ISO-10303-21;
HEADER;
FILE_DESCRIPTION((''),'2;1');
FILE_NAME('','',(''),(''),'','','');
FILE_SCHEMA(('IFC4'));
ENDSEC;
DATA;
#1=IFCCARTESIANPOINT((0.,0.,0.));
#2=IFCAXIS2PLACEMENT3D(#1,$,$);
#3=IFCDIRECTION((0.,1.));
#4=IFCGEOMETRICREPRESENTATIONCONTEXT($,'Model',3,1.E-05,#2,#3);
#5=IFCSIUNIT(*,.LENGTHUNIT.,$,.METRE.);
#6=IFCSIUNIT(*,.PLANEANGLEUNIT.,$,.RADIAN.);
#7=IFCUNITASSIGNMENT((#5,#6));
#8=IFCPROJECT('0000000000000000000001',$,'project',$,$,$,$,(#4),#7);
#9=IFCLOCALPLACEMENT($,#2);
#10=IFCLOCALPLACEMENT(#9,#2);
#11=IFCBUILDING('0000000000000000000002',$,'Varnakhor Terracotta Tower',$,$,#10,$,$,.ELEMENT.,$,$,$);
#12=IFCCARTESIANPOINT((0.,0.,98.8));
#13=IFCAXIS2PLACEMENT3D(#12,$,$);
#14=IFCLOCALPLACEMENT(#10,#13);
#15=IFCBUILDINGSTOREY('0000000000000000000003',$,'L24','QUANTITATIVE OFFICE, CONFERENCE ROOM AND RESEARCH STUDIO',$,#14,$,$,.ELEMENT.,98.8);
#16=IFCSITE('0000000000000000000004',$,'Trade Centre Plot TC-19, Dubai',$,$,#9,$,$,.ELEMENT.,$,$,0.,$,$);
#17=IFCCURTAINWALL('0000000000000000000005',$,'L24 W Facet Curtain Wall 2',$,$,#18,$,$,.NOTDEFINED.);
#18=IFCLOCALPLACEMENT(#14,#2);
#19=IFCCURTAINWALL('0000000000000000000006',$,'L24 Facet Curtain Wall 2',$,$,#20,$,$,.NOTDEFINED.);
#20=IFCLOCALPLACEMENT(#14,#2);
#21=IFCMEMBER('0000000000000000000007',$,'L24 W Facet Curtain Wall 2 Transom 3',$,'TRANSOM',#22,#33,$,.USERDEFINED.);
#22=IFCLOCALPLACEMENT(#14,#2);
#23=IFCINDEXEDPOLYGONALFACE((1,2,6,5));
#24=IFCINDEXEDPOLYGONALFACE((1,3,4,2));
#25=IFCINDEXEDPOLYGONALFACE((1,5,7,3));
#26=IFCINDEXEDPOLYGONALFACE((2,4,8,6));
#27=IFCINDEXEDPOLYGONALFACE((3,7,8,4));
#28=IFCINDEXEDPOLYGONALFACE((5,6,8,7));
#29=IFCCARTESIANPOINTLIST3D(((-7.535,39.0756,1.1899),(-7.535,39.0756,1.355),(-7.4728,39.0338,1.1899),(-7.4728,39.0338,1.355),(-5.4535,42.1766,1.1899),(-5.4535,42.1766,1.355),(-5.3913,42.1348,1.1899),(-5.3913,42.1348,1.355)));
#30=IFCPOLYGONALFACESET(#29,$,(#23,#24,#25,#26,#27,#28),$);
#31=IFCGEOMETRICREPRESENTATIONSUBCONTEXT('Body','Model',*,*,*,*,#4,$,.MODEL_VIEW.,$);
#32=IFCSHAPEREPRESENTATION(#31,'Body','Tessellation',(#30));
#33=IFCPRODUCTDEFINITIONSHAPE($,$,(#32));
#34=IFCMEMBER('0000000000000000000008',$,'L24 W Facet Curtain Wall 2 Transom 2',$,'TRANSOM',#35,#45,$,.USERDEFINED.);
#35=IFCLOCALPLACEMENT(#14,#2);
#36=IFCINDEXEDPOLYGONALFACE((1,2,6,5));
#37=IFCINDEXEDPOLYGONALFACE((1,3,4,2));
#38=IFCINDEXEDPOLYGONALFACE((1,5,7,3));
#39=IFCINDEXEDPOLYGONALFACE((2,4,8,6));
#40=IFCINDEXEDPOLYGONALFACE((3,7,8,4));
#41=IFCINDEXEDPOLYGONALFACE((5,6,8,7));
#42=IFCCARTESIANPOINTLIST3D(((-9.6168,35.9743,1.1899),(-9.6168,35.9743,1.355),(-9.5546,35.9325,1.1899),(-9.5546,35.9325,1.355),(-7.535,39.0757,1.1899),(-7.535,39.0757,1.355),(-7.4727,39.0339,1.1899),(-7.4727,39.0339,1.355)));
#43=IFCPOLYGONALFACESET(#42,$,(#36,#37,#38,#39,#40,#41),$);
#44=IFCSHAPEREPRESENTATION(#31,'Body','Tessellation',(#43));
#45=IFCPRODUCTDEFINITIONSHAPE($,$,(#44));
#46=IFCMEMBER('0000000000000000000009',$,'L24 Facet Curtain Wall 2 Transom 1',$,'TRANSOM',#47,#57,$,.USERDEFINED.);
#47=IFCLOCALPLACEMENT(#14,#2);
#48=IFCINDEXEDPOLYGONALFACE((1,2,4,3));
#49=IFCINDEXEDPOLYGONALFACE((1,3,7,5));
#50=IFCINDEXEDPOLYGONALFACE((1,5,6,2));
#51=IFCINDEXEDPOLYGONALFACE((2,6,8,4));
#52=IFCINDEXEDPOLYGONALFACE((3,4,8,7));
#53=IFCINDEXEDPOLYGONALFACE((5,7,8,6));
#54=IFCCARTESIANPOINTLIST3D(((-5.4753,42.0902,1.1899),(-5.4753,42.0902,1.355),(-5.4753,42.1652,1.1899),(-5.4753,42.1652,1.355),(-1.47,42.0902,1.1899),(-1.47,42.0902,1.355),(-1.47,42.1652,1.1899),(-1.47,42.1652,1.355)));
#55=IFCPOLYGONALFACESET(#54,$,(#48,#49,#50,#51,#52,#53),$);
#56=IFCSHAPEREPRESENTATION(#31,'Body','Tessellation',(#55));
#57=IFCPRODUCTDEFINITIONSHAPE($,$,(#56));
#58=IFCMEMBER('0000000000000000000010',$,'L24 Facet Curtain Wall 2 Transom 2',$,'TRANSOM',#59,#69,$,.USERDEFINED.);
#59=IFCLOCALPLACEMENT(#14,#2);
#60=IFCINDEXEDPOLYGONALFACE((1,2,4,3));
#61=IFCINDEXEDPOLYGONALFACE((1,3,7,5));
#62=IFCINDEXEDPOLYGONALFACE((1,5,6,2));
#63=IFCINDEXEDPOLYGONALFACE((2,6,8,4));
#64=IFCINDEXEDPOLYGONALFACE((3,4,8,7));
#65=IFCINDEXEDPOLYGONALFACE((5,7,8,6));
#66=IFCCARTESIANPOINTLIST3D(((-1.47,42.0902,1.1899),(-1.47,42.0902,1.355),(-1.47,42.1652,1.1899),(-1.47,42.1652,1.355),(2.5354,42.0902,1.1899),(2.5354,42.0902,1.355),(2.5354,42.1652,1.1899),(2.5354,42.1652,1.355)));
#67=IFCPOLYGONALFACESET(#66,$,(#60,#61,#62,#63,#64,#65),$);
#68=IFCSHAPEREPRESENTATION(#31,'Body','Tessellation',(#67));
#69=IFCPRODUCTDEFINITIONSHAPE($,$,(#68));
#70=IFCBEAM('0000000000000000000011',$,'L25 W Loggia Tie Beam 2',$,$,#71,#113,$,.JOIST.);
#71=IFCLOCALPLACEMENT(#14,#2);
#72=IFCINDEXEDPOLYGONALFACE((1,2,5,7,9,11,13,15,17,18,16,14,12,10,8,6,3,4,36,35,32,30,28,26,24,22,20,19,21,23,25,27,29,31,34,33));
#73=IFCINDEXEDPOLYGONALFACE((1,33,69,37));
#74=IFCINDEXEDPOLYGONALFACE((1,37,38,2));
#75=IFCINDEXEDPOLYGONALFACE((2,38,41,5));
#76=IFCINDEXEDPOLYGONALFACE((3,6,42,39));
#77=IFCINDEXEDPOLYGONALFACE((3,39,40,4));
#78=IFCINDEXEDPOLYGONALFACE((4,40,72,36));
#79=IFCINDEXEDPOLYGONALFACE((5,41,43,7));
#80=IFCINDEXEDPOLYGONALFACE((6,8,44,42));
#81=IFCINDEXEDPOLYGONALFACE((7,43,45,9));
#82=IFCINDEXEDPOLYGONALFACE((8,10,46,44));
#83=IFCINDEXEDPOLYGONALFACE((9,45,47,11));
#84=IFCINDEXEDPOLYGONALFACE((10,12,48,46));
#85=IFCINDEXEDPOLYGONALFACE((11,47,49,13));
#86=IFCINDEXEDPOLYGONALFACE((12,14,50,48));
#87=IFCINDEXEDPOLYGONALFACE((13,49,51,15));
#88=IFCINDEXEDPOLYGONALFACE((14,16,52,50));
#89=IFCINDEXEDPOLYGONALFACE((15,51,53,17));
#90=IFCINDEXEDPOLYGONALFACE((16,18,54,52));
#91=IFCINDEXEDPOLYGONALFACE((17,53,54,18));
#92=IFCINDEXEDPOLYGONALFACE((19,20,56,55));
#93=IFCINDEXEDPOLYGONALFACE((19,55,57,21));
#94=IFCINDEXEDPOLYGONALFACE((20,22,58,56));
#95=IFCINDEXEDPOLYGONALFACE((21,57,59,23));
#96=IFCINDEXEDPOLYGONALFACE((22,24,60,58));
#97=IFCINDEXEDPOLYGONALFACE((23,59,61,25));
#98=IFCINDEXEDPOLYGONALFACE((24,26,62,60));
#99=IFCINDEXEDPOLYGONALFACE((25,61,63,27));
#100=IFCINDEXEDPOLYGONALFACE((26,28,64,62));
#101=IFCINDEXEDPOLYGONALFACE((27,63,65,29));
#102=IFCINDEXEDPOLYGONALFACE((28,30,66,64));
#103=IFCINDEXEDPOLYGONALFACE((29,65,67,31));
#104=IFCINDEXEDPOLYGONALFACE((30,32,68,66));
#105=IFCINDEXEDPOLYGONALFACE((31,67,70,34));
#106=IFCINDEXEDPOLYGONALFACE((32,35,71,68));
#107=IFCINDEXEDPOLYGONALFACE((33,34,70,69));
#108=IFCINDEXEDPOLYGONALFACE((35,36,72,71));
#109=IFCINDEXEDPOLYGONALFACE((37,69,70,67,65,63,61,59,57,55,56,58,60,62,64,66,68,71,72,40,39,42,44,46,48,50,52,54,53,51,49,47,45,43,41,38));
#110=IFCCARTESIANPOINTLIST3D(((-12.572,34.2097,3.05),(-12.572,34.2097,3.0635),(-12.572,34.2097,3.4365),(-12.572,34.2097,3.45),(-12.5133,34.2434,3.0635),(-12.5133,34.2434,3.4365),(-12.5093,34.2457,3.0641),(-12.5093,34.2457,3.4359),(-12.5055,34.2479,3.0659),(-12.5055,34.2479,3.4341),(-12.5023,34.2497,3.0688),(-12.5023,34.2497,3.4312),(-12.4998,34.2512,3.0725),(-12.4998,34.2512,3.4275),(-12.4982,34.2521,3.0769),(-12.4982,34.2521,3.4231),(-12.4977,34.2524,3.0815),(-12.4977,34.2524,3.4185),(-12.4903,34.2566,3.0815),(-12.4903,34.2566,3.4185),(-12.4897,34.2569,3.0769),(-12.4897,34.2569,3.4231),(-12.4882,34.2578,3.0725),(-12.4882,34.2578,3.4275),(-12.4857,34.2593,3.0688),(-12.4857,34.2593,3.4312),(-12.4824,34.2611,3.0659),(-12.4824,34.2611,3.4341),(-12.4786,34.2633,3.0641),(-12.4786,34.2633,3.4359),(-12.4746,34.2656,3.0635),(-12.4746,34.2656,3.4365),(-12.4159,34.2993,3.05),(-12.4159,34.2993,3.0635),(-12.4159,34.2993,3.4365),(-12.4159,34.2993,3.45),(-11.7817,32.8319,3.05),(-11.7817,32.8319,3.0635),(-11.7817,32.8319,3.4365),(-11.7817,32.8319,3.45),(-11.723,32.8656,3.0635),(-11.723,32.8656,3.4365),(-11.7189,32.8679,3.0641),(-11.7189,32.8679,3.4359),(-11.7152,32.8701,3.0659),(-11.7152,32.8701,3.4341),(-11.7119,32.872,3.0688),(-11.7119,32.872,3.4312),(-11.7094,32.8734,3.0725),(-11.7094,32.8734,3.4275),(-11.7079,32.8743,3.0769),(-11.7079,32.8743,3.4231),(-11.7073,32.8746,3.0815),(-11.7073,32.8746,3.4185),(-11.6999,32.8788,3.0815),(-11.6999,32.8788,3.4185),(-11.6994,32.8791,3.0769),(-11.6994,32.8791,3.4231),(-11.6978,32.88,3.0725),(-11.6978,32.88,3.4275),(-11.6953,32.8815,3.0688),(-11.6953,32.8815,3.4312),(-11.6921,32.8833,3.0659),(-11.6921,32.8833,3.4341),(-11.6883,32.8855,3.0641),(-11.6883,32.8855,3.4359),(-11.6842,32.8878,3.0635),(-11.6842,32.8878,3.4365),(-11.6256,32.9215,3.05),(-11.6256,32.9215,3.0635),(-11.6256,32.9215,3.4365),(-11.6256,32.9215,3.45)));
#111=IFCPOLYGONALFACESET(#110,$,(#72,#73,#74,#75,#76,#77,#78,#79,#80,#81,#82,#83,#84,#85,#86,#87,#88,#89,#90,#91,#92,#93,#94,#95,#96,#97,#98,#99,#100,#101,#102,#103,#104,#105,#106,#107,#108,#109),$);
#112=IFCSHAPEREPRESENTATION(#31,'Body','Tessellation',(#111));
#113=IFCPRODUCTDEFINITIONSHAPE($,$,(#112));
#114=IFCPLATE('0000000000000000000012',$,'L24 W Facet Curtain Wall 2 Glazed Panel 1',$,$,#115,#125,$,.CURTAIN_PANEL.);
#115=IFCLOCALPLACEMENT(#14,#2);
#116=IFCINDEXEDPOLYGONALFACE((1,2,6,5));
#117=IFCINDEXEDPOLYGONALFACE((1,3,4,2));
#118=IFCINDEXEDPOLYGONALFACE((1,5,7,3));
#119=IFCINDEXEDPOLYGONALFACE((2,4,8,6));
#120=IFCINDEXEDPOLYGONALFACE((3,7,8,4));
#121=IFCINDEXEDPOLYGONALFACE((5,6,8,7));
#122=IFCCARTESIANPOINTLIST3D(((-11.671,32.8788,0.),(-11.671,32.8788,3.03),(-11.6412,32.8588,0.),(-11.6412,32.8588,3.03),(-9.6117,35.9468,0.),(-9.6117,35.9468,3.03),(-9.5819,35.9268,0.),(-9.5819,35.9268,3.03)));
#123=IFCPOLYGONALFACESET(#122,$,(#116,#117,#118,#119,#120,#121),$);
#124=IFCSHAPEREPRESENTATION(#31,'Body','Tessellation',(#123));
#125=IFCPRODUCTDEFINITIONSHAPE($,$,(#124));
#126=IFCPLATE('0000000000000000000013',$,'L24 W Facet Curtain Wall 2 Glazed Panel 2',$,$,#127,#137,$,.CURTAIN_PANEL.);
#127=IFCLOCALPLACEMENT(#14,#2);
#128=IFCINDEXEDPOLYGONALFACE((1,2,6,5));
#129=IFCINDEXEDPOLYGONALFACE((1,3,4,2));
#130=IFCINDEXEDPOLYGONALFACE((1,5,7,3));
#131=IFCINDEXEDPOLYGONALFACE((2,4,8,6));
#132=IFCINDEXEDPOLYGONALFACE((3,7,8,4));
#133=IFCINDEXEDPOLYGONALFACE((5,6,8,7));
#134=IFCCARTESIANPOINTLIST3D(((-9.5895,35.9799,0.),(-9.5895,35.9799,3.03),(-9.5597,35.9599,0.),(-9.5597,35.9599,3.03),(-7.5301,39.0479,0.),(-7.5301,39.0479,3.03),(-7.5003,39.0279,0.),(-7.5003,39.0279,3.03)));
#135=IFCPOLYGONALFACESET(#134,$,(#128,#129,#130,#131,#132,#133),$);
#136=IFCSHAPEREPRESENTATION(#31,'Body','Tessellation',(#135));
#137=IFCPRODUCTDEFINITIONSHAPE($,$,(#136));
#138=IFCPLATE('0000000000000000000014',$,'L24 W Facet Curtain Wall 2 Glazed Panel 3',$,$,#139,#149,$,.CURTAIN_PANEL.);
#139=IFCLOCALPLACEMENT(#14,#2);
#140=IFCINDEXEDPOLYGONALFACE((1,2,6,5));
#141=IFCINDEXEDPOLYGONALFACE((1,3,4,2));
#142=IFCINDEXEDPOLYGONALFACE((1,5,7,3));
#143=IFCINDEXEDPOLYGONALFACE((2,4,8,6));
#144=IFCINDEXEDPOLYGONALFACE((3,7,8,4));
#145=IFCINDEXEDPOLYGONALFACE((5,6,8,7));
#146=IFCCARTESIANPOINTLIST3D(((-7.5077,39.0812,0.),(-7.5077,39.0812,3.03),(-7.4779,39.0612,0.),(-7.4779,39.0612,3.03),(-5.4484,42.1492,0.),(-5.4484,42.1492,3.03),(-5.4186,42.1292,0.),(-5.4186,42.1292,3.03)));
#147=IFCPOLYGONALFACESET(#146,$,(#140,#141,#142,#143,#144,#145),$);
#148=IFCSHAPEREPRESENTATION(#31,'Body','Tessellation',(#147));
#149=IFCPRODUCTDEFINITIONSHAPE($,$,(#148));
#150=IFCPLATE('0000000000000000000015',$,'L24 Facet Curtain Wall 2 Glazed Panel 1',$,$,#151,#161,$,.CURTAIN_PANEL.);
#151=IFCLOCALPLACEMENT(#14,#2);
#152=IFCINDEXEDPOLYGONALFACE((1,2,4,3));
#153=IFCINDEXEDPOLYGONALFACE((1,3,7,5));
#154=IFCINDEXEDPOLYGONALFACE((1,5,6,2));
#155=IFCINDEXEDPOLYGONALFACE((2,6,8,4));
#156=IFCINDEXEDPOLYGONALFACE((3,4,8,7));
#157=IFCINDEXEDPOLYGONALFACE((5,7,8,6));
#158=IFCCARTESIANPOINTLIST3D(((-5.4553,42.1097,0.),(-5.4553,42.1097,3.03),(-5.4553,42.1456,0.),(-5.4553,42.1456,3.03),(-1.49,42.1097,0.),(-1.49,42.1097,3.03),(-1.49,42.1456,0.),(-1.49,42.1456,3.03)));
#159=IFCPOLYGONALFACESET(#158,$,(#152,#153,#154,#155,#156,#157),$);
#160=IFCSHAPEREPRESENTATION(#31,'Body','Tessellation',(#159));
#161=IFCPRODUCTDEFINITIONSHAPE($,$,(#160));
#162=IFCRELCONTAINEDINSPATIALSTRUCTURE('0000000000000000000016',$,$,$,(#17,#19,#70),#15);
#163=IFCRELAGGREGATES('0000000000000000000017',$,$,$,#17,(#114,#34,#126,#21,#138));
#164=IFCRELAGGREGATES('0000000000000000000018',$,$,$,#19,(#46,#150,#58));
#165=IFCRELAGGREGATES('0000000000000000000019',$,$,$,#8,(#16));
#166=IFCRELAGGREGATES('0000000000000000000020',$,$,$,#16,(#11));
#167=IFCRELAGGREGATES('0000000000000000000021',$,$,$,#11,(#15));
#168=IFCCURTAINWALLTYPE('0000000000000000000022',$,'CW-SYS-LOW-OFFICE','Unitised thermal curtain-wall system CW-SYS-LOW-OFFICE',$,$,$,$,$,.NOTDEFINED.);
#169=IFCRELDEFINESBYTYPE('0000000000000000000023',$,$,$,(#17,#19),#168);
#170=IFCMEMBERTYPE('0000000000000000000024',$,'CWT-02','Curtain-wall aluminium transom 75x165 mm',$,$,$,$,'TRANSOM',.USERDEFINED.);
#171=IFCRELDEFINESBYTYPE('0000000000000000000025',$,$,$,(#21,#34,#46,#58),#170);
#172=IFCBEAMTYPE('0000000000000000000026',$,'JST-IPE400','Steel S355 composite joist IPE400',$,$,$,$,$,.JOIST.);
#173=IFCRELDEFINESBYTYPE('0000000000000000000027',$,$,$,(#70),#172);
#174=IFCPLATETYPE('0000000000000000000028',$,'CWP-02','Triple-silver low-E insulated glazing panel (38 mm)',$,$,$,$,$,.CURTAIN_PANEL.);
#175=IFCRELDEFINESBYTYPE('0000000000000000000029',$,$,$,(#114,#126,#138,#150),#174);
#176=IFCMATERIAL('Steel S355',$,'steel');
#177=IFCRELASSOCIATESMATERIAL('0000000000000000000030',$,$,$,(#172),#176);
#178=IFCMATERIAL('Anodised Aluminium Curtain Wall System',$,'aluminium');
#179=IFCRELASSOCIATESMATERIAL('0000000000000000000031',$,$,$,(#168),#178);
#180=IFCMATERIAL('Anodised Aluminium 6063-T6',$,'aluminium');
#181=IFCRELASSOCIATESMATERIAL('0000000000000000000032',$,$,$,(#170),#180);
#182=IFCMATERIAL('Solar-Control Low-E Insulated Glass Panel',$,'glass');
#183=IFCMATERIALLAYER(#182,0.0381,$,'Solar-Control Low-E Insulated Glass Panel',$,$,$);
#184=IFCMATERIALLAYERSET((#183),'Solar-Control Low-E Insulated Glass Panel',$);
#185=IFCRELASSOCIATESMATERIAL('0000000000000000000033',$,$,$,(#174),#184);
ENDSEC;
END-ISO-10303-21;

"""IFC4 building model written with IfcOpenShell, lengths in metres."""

from ifc_helpers import new_model, si_unit, direction, frame, origin, origin_2d, place, context, subcontext, project, spatial, rectangle, i_section, extrude, source, transform, mapped, material, layer, layer_set, material_profile, profile_set, type_object, element, aggregate, save


model = new_model("IFC4")

# Units and contexts
model_context = context("Model", 3, precision=1e-05, world=origin(), true_north=direction((0.0, 1.0)))
body_context = subcontext(model_context, "Body", "Model", "MODEL_VIEW")
ifc_project = project(units=[si_unit("LENGTHUNIT", "METRE"), si_unit("PLANEANGLEUNIT", "RADIAN")], contexts=[model_context])

# Site, building, storey
site_placement = place(None, origin())
site = spatial("IfcSite", under=ifc_project, at=site_placement, Name="Trade Centre Plot TC-19, Dubai", CompositionType="ELEMENT", RefElevation=0.0)
building_placement = place(site_placement, origin())
building = spatial("IfcBuilding", under=site, at=building_placement, Name="Varnakhor Terracotta Tower", CompositionType="ELEMENT")
storey_placement = place(building_placement, frame((0.0, 0.0, 98.8)))
storey = spatial("IfcBuildingStorey", under=building, at=storey_placement, Name="L24", Description="QUANTITATIVE OFFICE, CONFERENCE ROOM AND RESEARCH STUDIO", CompositionType="ELEMENT", Elevation=98.8)

# Shared definitions
ifc_material_1 = material(Name="Steel S355", Category="steel")
ifc_material_profile_1 = material_profile(ifc_material_1, i_section(OverallWidth=0.1799, OverallDepth=0.3999, WebThickness=0.0085, FlangeThickness=0.0134, FilletRadius=0.0181, at=origin_2d()), Name="IPE400")
ifc_profile_set_1 = profile_set([ifc_material_profile_1], Name="Steel S355")
beam_type_1 = type_object("IfcBeamType", Name="JST-IPE400", Description="Steel S355 composite joist IPE400", PredefinedType="JOIST", material=ifc_profile_set_1)

# Curtain walls
ifc_material_2 = material(Name="Anodised Aluminium Curtain Wall System", Category="aluminium")
curtain_wall_type = type_object("IfcCurtainWallType", Name="CW-SYS-LOW-OFFICE", Description="Unitised thermal curtain-wall system CW-SYS-LOW-OFFICE", PredefinedType="NOTDEFINED", material=ifc_material_2)
curtain_wall_1_placement = place(storey_placement, origin())
curtain_wall_1 = element("IfcCurtainWall", 1, at=curtain_wall_1_placement, inside=storey, type_object=curtain_wall_type, Name="L24 W Facet Curtain Wall 2", PredefinedType="NOTDEFINED")
ifc_material_3 = material(Name="Anodised Aluminium 6063-T6", Category="aluminium")
curtain_wall_2_placement = place(storey_placement, origin())
curtain_wall_2 = element("IfcCurtainWall", 2, at=curtain_wall_2_placement, inside=storey, type_object=curtain_wall_type, Name="L24 Facet Curtain Wall 2", PredefinedType="NOTDEFINED")

# Members
ifc_material_profile_2 = material_profile(ifc_material_3, rectangle(XDim=0.075, YDim=0.165, at=origin_2d()), Name="ALU TRANSOM 75x165")
ifc_profile_set_2 = profile_set([ifc_material_profile_2], Name="Anodised Aluminium 6063-T6")
member_type_1 = type_object("IfcMemberType", Name="CWT-02", Description="Curtain-wall aluminium transom 75x165 mm", ElementType="TRANSOM", PredefinedType="USERDEFINED", material=ifc_profile_set_2)
shared_shape_1 = source(origin(), body_context, "Body", "SweptSolid", [
    extrude(rectangle(XDim=0.075, YDim=0.165, at=origin_2d()), origin(), (0.0, 0.0, 1.0), 3.7349),
])
member_1_placement = place(storey_placement, frame((-7.5039, 39.0547, 1.2725), z_axis=(0.557322, 0.830296, 0.0), x_axis=(-0.830296, 0.557322, 0.0)))
member_1 = element("IfcMember", 3, at=member_1_placement, type_object=member_type_1, Name="L24 W Facet Curtain Wall 2 Transom 3", ObjectType="TRANSOM", PredefinedType="USERDEFINED", context=body_context, shape_type="MappedRepresentation", body=[
    mapped(shared_shape_1, transform((0.0, 0.0, 0.0), scale=1.0)),
])
shared_shape_2 = source(origin(), body_context, "Body", "SweptSolid", [
    extrude(rectangle(XDim=0.075, YDim=0.165, at=origin_2d()), origin(), (0.0, 0.0, 1.0), 3.7354),
])
member_2_placement = place(storey_placement, frame((-9.5857, 35.9534, 1.2725), z_axis=(0.557337, 0.830286, 0.0), x_axis=(-0.830286, 0.557337, 0.0)))
member_2 = element("IfcMember", 4, at=member_2_placement, type_object=member_type_1, Name="L24 W Facet Curtain Wall 2 Transom 2", ObjectType="TRANSOM", PredefinedType="USERDEFINED", context=body_context, shape_type="MappedRepresentation", body=[
    mapped(shared_shape_2, transform((0.0, 0.0, 0.0), scale=1.0)),
])
shared_shape_3 = source(origin(), body_context, "Body", "SweptSolid", [
    extrude(rectangle(XDim=0.075, YDim=0.165, at=origin_2d()), origin(), (0.0, 0.0, 1.0), 4.0054),
])
member_3_placement = place(storey_placement, frame((-5.4753, 42.1277, 1.2725), z_axis=(1.0, 0.0, 0.0), x_axis=(0.0, 1.0, 0.0)))
member_3 = element("IfcMember", 5, at=member_3_placement, type_object=member_type_1, Name="L24 Facet Curtain Wall 2 Transom 1", ObjectType="TRANSOM", PredefinedType="USERDEFINED", context=body_context, shape_type="MappedRepresentation", body=[
    mapped(shared_shape_3, transform((0.0, 0.0, 0.0), scale=1.0)),
])
member_4_placement = place(storey_placement, frame((-1.47, 42.1277, 1.2725), z_axis=(1.0, 0.0, 0.0), x_axis=(0.0, 1.0, 0.0)))
member_4 = element("IfcMember", 6, at=member_4_placement, type_object=member_type_1, Name="L24 Facet Curtain Wall 2 Transom 2", ObjectType="TRANSOM", PredefinedType="USERDEFINED", context=body_context, shape_type="MappedRepresentation", body=[
    mapped(shared_shape_3, transform((0.0, 0.0, 0.0), scale=1.0)),
])

# Beam
shared_shape_4 = source(origin(), body_context, "Body", "SweptSolid", [
    extrude(i_section(OverallWidth=0.1799, OverallDepth=0.3999, WebThickness=0.0085, FlangeThickness=0.0134, FilletRadius=0.0181, at=origin_2d()), origin(), (0.0, 0.0, 1.0), 1.5884),
])
beam_1_placement = place(storey_placement, frame((-11.7036, 32.8767, 3.25), z_axis=(-0.497578, 0.867419, 0.0), x_axis=(-0.867419, -0.497578, 0.0)))
element("IfcBeam", 7, at=beam_1_placement, inside=storey, type_object=beam_type_1, Name="L25 W Loggia Tie Beam 2", PredefinedType="JOIST", context=body_context, shape_type="MappedRepresentation", body=[
    mapped(shared_shape_4, transform((0.0, 0.0, 0.0), scale=1.0)),
])

# Plates
ifc_material_4 = material(Name="Solar-Control Low-E Insulated Glass Panel", Category="glass")
ifc_layer_1 = layer(ifc_material_4, 0.0381, Name="Solar-Control Low-E Insulated Glass Panel")
ifc_layer_set_1 = layer_set([ifc_layer_1], Name="Solar-Control Low-E Insulated Glass Panel")
plate_type = type_object("IfcPlateType", Name="CWP-02", Description="Triple-silver low-E insulated glazing panel (38 mm)", PredefinedType="CURTAIN_PANEL", material=ifc_layer_set_1)
shared_shape_5 = source(origin(), body_context, "Body", "SweptSolid", [
    extrude(rectangle(XDim=3.6951, YDim=0.0359, at=origin_2d()), origin(), (0.0, 0.0, 1.0), 3.03),
])
plate_1_placement = place(storey_placement, frame((-10.6265, 34.4028, 0.0), z_axis=(0.0, 0.0, 1.0), x_axis=(0.557325, 0.830294, 0.0)))
plate_1 = element("IfcPlate", 8, at=plate_1_placement, type_object=plate_type, Name="L24 W Facet Curtain Wall 2 Glazed Panel 1", PredefinedType="CURTAIN_PANEL", context=body_context, shape_type="MappedRepresentation", body=[
    mapped(shared_shape_5, transform((0.0, 0.0, 0.0), scale=1.0)),
])
plate_2_placement = place(storey_placement, frame((-8.5449, 37.5039, 0.0), z_axis=(0.0, 0.0, 1.0), x_axis=(0.557325, 0.830294, 0.0)))
plate_2 = element("IfcPlate", 9, at=plate_2_placement, type_object=plate_type, Name="L24 W Facet Curtain Wall 2 Glazed Panel 2", PredefinedType="CURTAIN_PANEL", context=body_context, shape_type="MappedRepresentation", body=[
    mapped(shared_shape_5, transform((0.0, 0.0, 0.0), scale=1.0)),
])
plate_3_placement = place(storey_placement, frame((-6.4631, 40.6052, 0.0), z_axis=(0.0, 0.0, 1.0), x_axis=(0.557325, 0.830294, 0.0)))
plate_3 = element("IfcPlate", 10, at=plate_3_placement, type_object=plate_type, Name="L24 W Facet Curtain Wall 2 Glazed Panel 3", PredefinedType="CURTAIN_PANEL", context=body_context, shape_type="MappedRepresentation", body=[
    mapped(shared_shape_5, transform((0.0, 0.0, 0.0), scale=1.0)),
])
aggregate(curtain_wall_1, [plate_1, member_2, plate_2, member_1, plate_3])
shared_shape_6 = source(origin(), body_context, "Body", "SweptSolid", [
    extrude(rectangle(XDim=3.9653, YDim=0.0359, at=origin_2d()), origin(), (0.0, 0.0, 1.0), 3.03),
])
plate_4_placement = place(storey_placement, frame((-3.4727, 42.1277, 0.0), z_axis=(0.0, 0.0, 1.0), x_axis=(1.0, 0.0, 0.0)))
plate_4 = element("IfcPlate", 11, at=plate_4_placement, type_object=plate_type, Name="L24 Facet Curtain Wall 2 Glazed Panel 1", PredefinedType="CURTAIN_PANEL", context=body_context, shape_type="MappedRepresentation", body=[
    mapped(shared_shape_6, transform((0.0, 0.0, 0.0), scale=1.0)),
])
aggregate(curtain_wall_2, [member_3, plate_4, member_4])

save(model, "model.ifc")
